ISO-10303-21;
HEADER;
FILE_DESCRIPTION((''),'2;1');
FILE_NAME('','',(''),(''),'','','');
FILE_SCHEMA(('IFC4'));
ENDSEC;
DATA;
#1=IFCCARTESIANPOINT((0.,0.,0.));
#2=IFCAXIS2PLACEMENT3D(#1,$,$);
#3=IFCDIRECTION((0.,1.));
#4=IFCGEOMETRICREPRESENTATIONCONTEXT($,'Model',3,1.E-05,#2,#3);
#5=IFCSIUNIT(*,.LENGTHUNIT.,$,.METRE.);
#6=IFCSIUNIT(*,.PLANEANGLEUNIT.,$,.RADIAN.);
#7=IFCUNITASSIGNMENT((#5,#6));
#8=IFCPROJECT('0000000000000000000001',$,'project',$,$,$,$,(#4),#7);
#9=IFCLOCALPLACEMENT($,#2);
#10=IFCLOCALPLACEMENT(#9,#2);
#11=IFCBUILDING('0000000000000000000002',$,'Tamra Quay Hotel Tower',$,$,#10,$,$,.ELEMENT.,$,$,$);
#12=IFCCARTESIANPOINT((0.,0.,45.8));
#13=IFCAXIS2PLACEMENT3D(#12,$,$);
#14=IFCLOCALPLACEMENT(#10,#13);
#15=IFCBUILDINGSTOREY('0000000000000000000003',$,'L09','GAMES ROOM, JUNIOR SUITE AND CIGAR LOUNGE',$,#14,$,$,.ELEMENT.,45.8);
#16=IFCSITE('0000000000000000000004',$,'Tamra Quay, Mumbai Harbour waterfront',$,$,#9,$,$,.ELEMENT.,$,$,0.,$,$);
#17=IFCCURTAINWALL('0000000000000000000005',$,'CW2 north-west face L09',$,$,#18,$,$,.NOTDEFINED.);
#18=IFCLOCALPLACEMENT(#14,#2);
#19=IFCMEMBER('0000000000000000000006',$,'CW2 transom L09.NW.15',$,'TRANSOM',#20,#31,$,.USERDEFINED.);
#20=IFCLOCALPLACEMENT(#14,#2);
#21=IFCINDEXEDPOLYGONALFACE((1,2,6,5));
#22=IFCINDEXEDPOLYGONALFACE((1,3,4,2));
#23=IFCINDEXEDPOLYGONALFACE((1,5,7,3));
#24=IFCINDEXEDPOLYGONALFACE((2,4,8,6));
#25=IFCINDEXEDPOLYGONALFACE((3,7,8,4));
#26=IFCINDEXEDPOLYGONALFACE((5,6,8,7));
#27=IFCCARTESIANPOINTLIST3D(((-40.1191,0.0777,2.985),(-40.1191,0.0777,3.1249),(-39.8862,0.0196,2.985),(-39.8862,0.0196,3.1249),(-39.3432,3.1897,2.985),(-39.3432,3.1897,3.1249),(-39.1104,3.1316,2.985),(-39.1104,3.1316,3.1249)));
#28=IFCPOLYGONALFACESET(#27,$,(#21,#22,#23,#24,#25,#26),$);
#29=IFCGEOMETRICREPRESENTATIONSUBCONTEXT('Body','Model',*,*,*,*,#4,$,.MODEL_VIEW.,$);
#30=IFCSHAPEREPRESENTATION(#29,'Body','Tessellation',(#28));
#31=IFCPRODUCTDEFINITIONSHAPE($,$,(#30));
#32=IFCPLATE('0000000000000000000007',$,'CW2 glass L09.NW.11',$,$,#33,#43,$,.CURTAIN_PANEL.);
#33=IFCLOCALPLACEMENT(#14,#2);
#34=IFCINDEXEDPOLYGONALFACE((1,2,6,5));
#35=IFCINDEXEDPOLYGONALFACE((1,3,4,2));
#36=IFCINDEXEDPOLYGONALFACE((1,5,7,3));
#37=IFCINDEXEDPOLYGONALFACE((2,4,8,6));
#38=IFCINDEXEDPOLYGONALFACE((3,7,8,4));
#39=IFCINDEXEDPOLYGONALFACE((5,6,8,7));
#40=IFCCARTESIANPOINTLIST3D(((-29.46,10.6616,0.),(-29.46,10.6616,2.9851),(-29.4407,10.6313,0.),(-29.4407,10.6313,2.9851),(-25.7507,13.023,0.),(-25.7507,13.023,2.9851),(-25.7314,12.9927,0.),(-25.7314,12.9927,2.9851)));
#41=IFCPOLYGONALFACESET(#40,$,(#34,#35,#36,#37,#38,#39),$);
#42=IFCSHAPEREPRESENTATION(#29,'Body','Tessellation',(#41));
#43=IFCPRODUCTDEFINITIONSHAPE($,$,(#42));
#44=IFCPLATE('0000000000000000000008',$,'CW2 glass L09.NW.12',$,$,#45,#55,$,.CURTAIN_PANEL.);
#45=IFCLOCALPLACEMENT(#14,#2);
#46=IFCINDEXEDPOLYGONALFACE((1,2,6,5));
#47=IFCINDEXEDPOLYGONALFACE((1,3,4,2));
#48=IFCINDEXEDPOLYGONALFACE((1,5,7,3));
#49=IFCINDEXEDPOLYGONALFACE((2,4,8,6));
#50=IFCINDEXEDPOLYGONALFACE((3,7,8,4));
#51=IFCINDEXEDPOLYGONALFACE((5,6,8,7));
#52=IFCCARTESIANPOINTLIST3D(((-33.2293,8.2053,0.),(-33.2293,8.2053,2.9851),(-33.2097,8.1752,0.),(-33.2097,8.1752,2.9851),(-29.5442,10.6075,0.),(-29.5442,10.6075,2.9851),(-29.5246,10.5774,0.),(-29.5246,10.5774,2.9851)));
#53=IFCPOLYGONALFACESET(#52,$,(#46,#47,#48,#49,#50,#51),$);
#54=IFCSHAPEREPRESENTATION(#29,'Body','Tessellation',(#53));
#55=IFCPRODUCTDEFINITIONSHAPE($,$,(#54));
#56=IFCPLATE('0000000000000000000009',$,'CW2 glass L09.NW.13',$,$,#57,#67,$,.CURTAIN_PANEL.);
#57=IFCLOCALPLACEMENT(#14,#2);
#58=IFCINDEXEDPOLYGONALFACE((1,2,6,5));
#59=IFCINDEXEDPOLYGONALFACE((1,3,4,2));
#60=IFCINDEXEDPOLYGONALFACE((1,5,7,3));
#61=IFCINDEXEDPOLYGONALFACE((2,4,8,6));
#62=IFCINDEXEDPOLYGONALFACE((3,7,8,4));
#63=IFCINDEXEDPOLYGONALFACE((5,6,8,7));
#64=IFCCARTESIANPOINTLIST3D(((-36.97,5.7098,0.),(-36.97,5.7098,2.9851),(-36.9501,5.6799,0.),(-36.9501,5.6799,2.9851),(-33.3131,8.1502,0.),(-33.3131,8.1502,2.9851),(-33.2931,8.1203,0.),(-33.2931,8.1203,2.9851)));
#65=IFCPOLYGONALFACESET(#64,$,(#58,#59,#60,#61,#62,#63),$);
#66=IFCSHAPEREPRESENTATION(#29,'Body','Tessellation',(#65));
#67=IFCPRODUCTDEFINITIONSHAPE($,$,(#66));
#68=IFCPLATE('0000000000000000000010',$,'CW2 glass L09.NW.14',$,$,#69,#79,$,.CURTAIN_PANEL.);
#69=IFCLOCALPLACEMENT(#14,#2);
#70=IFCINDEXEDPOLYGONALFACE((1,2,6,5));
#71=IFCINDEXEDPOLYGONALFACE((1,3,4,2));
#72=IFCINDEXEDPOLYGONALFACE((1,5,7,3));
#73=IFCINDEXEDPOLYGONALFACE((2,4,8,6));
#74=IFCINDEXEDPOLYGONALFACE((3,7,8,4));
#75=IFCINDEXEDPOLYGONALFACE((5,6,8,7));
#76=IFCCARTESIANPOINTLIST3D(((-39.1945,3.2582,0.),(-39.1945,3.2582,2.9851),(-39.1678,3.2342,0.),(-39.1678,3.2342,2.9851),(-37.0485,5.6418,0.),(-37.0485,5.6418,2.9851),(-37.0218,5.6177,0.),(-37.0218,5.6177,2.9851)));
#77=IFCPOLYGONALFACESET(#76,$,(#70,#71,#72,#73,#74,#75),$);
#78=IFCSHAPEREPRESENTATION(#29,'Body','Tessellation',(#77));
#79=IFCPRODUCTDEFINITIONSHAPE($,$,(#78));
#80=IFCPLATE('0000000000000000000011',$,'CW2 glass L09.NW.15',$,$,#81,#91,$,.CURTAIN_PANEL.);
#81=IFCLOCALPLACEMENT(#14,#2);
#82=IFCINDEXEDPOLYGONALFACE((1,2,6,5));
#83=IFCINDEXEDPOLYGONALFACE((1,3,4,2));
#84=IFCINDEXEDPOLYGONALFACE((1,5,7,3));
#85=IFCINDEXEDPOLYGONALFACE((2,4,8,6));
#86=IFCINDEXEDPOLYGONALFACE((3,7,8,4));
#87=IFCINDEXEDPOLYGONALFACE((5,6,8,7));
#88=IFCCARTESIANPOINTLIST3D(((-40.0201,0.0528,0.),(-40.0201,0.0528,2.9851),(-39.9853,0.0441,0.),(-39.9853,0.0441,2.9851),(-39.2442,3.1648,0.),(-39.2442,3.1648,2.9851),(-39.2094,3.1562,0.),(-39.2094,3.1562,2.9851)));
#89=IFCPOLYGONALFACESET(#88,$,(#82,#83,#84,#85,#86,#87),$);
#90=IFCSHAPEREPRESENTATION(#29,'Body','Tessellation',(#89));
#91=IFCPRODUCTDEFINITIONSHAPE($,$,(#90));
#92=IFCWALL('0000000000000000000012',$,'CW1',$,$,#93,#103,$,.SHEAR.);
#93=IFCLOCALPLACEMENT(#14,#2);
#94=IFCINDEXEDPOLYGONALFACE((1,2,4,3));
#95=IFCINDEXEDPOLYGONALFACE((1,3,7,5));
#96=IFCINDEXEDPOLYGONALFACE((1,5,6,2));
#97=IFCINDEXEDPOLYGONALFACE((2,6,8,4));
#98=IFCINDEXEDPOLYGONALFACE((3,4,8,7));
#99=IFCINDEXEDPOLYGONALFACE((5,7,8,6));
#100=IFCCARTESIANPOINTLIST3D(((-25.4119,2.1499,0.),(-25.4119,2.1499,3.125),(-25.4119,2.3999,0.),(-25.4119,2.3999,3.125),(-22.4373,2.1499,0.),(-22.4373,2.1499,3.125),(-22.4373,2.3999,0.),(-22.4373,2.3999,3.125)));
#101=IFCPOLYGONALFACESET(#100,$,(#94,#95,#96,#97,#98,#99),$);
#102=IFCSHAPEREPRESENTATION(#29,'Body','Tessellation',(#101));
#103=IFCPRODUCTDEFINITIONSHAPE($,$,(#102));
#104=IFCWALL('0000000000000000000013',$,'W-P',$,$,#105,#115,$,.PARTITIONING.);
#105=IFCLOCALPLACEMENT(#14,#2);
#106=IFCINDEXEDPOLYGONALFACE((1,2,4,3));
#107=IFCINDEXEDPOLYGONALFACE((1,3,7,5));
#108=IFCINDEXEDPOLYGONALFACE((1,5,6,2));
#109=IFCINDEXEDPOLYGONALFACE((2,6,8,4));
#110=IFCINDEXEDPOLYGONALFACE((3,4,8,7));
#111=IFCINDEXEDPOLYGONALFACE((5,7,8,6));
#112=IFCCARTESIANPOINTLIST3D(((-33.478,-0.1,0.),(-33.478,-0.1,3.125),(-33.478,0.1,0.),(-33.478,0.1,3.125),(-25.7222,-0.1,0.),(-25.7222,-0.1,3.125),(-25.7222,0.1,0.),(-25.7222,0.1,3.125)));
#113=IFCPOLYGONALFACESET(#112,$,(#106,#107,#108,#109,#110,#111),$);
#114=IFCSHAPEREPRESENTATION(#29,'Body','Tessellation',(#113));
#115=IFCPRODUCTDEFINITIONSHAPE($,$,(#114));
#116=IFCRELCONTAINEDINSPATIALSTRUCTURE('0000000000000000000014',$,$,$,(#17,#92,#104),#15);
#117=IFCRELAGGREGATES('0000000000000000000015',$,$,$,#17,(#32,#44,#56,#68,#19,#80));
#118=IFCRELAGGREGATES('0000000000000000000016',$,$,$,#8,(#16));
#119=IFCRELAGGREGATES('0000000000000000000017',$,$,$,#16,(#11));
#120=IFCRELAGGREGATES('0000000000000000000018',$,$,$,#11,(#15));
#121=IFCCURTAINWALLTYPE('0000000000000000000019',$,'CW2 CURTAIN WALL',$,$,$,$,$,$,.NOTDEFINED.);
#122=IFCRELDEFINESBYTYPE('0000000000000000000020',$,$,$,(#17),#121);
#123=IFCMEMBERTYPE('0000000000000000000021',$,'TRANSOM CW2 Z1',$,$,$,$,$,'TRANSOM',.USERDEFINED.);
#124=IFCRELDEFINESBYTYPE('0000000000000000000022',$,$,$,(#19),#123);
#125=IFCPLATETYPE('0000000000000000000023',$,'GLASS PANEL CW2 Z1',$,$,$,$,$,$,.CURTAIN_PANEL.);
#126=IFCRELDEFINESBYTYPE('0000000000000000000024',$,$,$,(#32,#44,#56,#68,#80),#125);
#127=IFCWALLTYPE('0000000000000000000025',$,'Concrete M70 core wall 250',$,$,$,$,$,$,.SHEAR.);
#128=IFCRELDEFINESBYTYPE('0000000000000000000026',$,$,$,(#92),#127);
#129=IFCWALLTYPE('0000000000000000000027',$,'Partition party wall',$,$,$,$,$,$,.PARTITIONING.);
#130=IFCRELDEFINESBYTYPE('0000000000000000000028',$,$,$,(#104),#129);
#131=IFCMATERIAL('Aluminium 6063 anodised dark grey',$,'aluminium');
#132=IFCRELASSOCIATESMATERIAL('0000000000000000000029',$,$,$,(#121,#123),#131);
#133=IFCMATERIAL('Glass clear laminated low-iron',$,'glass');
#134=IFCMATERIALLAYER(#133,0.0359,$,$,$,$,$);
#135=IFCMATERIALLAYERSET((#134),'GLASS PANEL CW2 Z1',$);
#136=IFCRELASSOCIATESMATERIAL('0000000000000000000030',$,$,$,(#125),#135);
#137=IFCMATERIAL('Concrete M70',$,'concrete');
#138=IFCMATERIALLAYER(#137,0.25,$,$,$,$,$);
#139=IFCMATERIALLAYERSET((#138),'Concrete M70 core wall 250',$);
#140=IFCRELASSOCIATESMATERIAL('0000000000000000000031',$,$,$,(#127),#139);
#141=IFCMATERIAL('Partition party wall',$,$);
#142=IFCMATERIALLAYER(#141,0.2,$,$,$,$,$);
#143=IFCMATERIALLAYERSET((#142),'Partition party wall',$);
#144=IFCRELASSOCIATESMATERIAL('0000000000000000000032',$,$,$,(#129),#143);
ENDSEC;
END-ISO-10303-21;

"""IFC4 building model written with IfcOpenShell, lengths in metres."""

from ifc_helpers import new_model, si_unit, direction, frame, frame_2d, origin, origin_2d, place, context, subcontext, project, spatial, rectangle, extrude, material, layer, layer_set, material_profile, profile_set, type_object, element, aggregate, save


model = new_model("IFC4")

# Units and contexts
model_context = context("Model", 3, precision=1e-05, world=origin(), true_north=direction((0.0, 1.0)))
body_context = subcontext(model_context, "Body", "Model", "MODEL_VIEW")
ifc_project = project(units=[si_unit("LENGTHUNIT", "METRE"), si_unit("PLANEANGLEUNIT", "RADIAN")], contexts=[model_context])

# Site, building, storey
site_placement = place(None, origin())
site = spatial("IfcSite", under=ifc_project, at=site_placement, Name="Tamra Quay, Mumbai Harbour waterfront", CompositionType="ELEMENT", RefElevation=0.0)
building_placement = place(site_placement, origin())
building = spatial("IfcBuilding", under=site, at=building_placement, Name="Tamra Quay Hotel Tower", CompositionType="ELEMENT")
storey_placement = place(building_placement, frame((0.0, 0.0, 45.8)))
storey = spatial("IfcBuildingStorey", under=building, at=storey_placement, Name="L09", Description="GAMES ROOM, JUNIOR SUITE AND CIGAR LOUNGE", CompositionType="ELEMENT", Elevation=45.8)

# Shared definitions
ifc_material_1 = material(Name="Concrete M70", Category="concrete")

# Curtain wall
ifc_material_2 = material(Name="Aluminium 6063 anodised dark grey", Category="aluminium")
curtain_wall_type = type_object("IfcCurtainWallType", Name="CW2 CURTAIN WALL", PredefinedType="NOTDEFINED", material=ifc_material_2)
curtain_wall_placement = place(storey_placement, origin())
curtain_wall = element("IfcCurtainWall", 1, at=curtain_wall_placement, inside=storey, type_object=curtain_wall_type, Name="CW2 north-west face L09", PredefinedType="NOTDEFINED")

# Member
ifc_material_profile_1 = material_profile(ifc_material_2, rectangle(XDim=0.24, YDim=0.1399, at=origin_2d()), Name="TRANSOM 240X140")
ifc_profile_set_1 = profile_set([ifc_material_profile_1], Name="Aluminium 6063 anodised dark grey")
member_type_1 = type_object("IfcMemberType", Name="TRANSOM CW2 Z1", ElementType="TRANSOM", PredefinedType="USERDEFINED", material=ifc_profile_set_1)
member_1_placement = place(storey_placement, frame((-39.2268, 3.1606, 3.0549), z_axis=(-0.241909, -0.970299, 0.0), x_axis=(0.970299, -0.241909, 0.0)))
member_1 = element("IfcMember", 2, at=member_1_placement, type_object=member_type_1, Name="CW2 transom L09.NW.15", ObjectType="TRANSOM", PredefinedType="USERDEFINED", context=body_context, shape_type="SweptSolid", body=[
    extrude(rectangle(XDim=0.24, YDim=0.1399, at=origin_2d()), origin(), (0.0, 0.0, 1.0), 3.2073),
])

# Plates
ifc_material_3 = material(Name="Glass clear laminated low-iron", Category="glass")
ifc_layer_1 = layer(ifc_material_3, 0.0359)
ifc_layer_set_1 = layer_set([ifc_layer_1], Name="GLASS PANEL CW2 Z1")
plate_type = type_object("IfcPlateType", Name="GLASS PANEL CW2 Z1", PredefinedType="CURTAIN_PANEL", material=ifc_layer_set_1)
plate_1_placement = place(storey_placement, frame((-27.5957, 11.8271, 0.0), z_axis=(0.0, 0.0, 1.0), x_axis=(-0.843571, -0.537018, 0.0)))
plate_1 = element("IfcPlate", 3, at=plate_1_placement, type_object=plate_type, Name="CW2 glass L09.NW.11", PredefinedType="CURTAIN_PANEL", context=body_context, shape_type="SweptSolid", body=[
    extrude(rectangle(XDim=4.3972, YDim=0.0359, at=origin_2d()), origin(), (0.0, 0.0, 1.0), 2.9851),
])
plate_2_placement = place(storey_placement, frame((-31.377, 9.3914, 0.0), z_axis=(0.0, 0.0, 1.0), x_axis=(-0.837728, -0.546088, 0.0)))
plate_2 = element("IfcPlate", 4, at=plate_2_placement, type_object=plate_type, Name="CW2 glass L09.NW.12", PredefinedType="CURTAIN_PANEL", context=body_context, shape_type="SweptSolid", body=[
    extrude(rectangle(XDim=4.3989, YDim=0.0359, at=origin_2d()), origin(), (0.0, 0.0, 1.0), 2.9851),
])
plate_3_placement = place(storey_placement, frame((-35.1316, 6.915, 0.0), z_axis=(0.0, 0.0, 1.0), x_axis=(-0.831798, -0.555078, 0.0)))
plate_3 = element("IfcPlate", 5, at=plate_3_placement, type_object=plate_type, Name="CW2 glass L09.NW.13", PredefinedType="CURTAIN_PANEL", context=body_context, shape_type="SweptSolid", body=[
    extrude(rectangle(XDim=4.3965, YDim=0.0359, at=origin_2d()), origin(), (0.0, 0.0, 1.0), 2.9851),
])
plate_4_placement = place(storey_placement, frame((-38.1082, 4.438, 0.0), z_axis=(0.0, 0.0, 1.0), x_axis=(-0.669112, -0.743161, 0.0)))
plate_4 = element("IfcPlate", 6, at=plate_4_placement, type_object=plate_type, Name="CW2 glass L09.NW.14", PredefinedType="CURTAIN_PANEL", context=body_context, shape_type="SweptSolid", body=[
    extrude(rectangle(XDim=3.2073, YDim=0.0359, at=origin_2d()), origin(), (0.0, 0.0, 1.0), 2.9851),
])
plate_5_placement = place(storey_placement, frame((-39.6147, 1.6045, 0.0), z_axis=(0.0, 0.0, 1.0), x_axis=(-0.241914, -0.970298, 0.0)))
plate_5 = element("IfcPlate", 7, at=plate_5_placement, type_object=plate_type, Name="CW2 glass L09.NW.15", PredefinedType="CURTAIN_PANEL", context=body_context, shape_type="SweptSolid", body=[
    extrude(rectangle(XDim=3.2073, YDim=0.0359, at=origin_2d()), origin(), (0.0, 0.0, 1.0), 2.9851),
])
aggregate(curtain_wall, [plate_1, plate_2, plate_3, plate_4, member_1, plate_5])

# Walls
ifc_layer_2 = layer(ifc_material_1, 0.25)
ifc_layer_set_2 = layer_set([ifc_layer_2], Name="Concrete M70 core wall 250")
wall_type_1 = type_object("IfcWallType", Name="Concrete M70 core wall 250", PredefinedType="SHEAR", material=ifc_layer_set_2)
wall_1_placement = place(storey_placement, frame((-25.4119, 2.2749, 0.0), z_axis=(0.0, 0.0, 1.0), x_axis=(1.0, 0.0, 0.0)))
element("IfcWall", 8, at=wall_1_placement, inside=storey, type_object=wall_type_1, Name="CW1", PredefinedType="SHEAR", context=body_context, shape_type="SweptSolid", body=[
    extrude(rectangle(XDim=2.9746, YDim=0.25, at=frame_2d((1.4873, 0.0))), origin(), (0.0, 0.0, 1.0), 3.125),
])
ifc_material_4 = material(Name="Partition party wall")
ifc_layer_3 = layer(ifc_material_4, 0.2)
ifc_layer_set_3 = layer_set([ifc_layer_3], Name="Partition party wall")
wall_type_2 = type_object("IfcWallType", Name="Partition party wall", PredefinedType="PARTITIONING", material=ifc_layer_set_3)
wall_2_placement = place(storey_placement, frame((-33.478, 0.0, 0.0), z_axis=(0.0, 0.0, 1.0), x_axis=(1.0, 0.0, 0.0)))
element("IfcWall", 9, at=wall_2_placement, inside=storey, type_object=wall_type_2, Name="W-P", PredefinedType="PARTITIONING", context=body_context, shape_type="SweptSolid", body=[
    extrude(rectangle(XDim=7.7559, YDim=0.2, at=frame_2d((3.8779, 0.0))), origin(), (0.0, 0.0, 1.0), 3.125),
])

save(model, "model.ifc")
